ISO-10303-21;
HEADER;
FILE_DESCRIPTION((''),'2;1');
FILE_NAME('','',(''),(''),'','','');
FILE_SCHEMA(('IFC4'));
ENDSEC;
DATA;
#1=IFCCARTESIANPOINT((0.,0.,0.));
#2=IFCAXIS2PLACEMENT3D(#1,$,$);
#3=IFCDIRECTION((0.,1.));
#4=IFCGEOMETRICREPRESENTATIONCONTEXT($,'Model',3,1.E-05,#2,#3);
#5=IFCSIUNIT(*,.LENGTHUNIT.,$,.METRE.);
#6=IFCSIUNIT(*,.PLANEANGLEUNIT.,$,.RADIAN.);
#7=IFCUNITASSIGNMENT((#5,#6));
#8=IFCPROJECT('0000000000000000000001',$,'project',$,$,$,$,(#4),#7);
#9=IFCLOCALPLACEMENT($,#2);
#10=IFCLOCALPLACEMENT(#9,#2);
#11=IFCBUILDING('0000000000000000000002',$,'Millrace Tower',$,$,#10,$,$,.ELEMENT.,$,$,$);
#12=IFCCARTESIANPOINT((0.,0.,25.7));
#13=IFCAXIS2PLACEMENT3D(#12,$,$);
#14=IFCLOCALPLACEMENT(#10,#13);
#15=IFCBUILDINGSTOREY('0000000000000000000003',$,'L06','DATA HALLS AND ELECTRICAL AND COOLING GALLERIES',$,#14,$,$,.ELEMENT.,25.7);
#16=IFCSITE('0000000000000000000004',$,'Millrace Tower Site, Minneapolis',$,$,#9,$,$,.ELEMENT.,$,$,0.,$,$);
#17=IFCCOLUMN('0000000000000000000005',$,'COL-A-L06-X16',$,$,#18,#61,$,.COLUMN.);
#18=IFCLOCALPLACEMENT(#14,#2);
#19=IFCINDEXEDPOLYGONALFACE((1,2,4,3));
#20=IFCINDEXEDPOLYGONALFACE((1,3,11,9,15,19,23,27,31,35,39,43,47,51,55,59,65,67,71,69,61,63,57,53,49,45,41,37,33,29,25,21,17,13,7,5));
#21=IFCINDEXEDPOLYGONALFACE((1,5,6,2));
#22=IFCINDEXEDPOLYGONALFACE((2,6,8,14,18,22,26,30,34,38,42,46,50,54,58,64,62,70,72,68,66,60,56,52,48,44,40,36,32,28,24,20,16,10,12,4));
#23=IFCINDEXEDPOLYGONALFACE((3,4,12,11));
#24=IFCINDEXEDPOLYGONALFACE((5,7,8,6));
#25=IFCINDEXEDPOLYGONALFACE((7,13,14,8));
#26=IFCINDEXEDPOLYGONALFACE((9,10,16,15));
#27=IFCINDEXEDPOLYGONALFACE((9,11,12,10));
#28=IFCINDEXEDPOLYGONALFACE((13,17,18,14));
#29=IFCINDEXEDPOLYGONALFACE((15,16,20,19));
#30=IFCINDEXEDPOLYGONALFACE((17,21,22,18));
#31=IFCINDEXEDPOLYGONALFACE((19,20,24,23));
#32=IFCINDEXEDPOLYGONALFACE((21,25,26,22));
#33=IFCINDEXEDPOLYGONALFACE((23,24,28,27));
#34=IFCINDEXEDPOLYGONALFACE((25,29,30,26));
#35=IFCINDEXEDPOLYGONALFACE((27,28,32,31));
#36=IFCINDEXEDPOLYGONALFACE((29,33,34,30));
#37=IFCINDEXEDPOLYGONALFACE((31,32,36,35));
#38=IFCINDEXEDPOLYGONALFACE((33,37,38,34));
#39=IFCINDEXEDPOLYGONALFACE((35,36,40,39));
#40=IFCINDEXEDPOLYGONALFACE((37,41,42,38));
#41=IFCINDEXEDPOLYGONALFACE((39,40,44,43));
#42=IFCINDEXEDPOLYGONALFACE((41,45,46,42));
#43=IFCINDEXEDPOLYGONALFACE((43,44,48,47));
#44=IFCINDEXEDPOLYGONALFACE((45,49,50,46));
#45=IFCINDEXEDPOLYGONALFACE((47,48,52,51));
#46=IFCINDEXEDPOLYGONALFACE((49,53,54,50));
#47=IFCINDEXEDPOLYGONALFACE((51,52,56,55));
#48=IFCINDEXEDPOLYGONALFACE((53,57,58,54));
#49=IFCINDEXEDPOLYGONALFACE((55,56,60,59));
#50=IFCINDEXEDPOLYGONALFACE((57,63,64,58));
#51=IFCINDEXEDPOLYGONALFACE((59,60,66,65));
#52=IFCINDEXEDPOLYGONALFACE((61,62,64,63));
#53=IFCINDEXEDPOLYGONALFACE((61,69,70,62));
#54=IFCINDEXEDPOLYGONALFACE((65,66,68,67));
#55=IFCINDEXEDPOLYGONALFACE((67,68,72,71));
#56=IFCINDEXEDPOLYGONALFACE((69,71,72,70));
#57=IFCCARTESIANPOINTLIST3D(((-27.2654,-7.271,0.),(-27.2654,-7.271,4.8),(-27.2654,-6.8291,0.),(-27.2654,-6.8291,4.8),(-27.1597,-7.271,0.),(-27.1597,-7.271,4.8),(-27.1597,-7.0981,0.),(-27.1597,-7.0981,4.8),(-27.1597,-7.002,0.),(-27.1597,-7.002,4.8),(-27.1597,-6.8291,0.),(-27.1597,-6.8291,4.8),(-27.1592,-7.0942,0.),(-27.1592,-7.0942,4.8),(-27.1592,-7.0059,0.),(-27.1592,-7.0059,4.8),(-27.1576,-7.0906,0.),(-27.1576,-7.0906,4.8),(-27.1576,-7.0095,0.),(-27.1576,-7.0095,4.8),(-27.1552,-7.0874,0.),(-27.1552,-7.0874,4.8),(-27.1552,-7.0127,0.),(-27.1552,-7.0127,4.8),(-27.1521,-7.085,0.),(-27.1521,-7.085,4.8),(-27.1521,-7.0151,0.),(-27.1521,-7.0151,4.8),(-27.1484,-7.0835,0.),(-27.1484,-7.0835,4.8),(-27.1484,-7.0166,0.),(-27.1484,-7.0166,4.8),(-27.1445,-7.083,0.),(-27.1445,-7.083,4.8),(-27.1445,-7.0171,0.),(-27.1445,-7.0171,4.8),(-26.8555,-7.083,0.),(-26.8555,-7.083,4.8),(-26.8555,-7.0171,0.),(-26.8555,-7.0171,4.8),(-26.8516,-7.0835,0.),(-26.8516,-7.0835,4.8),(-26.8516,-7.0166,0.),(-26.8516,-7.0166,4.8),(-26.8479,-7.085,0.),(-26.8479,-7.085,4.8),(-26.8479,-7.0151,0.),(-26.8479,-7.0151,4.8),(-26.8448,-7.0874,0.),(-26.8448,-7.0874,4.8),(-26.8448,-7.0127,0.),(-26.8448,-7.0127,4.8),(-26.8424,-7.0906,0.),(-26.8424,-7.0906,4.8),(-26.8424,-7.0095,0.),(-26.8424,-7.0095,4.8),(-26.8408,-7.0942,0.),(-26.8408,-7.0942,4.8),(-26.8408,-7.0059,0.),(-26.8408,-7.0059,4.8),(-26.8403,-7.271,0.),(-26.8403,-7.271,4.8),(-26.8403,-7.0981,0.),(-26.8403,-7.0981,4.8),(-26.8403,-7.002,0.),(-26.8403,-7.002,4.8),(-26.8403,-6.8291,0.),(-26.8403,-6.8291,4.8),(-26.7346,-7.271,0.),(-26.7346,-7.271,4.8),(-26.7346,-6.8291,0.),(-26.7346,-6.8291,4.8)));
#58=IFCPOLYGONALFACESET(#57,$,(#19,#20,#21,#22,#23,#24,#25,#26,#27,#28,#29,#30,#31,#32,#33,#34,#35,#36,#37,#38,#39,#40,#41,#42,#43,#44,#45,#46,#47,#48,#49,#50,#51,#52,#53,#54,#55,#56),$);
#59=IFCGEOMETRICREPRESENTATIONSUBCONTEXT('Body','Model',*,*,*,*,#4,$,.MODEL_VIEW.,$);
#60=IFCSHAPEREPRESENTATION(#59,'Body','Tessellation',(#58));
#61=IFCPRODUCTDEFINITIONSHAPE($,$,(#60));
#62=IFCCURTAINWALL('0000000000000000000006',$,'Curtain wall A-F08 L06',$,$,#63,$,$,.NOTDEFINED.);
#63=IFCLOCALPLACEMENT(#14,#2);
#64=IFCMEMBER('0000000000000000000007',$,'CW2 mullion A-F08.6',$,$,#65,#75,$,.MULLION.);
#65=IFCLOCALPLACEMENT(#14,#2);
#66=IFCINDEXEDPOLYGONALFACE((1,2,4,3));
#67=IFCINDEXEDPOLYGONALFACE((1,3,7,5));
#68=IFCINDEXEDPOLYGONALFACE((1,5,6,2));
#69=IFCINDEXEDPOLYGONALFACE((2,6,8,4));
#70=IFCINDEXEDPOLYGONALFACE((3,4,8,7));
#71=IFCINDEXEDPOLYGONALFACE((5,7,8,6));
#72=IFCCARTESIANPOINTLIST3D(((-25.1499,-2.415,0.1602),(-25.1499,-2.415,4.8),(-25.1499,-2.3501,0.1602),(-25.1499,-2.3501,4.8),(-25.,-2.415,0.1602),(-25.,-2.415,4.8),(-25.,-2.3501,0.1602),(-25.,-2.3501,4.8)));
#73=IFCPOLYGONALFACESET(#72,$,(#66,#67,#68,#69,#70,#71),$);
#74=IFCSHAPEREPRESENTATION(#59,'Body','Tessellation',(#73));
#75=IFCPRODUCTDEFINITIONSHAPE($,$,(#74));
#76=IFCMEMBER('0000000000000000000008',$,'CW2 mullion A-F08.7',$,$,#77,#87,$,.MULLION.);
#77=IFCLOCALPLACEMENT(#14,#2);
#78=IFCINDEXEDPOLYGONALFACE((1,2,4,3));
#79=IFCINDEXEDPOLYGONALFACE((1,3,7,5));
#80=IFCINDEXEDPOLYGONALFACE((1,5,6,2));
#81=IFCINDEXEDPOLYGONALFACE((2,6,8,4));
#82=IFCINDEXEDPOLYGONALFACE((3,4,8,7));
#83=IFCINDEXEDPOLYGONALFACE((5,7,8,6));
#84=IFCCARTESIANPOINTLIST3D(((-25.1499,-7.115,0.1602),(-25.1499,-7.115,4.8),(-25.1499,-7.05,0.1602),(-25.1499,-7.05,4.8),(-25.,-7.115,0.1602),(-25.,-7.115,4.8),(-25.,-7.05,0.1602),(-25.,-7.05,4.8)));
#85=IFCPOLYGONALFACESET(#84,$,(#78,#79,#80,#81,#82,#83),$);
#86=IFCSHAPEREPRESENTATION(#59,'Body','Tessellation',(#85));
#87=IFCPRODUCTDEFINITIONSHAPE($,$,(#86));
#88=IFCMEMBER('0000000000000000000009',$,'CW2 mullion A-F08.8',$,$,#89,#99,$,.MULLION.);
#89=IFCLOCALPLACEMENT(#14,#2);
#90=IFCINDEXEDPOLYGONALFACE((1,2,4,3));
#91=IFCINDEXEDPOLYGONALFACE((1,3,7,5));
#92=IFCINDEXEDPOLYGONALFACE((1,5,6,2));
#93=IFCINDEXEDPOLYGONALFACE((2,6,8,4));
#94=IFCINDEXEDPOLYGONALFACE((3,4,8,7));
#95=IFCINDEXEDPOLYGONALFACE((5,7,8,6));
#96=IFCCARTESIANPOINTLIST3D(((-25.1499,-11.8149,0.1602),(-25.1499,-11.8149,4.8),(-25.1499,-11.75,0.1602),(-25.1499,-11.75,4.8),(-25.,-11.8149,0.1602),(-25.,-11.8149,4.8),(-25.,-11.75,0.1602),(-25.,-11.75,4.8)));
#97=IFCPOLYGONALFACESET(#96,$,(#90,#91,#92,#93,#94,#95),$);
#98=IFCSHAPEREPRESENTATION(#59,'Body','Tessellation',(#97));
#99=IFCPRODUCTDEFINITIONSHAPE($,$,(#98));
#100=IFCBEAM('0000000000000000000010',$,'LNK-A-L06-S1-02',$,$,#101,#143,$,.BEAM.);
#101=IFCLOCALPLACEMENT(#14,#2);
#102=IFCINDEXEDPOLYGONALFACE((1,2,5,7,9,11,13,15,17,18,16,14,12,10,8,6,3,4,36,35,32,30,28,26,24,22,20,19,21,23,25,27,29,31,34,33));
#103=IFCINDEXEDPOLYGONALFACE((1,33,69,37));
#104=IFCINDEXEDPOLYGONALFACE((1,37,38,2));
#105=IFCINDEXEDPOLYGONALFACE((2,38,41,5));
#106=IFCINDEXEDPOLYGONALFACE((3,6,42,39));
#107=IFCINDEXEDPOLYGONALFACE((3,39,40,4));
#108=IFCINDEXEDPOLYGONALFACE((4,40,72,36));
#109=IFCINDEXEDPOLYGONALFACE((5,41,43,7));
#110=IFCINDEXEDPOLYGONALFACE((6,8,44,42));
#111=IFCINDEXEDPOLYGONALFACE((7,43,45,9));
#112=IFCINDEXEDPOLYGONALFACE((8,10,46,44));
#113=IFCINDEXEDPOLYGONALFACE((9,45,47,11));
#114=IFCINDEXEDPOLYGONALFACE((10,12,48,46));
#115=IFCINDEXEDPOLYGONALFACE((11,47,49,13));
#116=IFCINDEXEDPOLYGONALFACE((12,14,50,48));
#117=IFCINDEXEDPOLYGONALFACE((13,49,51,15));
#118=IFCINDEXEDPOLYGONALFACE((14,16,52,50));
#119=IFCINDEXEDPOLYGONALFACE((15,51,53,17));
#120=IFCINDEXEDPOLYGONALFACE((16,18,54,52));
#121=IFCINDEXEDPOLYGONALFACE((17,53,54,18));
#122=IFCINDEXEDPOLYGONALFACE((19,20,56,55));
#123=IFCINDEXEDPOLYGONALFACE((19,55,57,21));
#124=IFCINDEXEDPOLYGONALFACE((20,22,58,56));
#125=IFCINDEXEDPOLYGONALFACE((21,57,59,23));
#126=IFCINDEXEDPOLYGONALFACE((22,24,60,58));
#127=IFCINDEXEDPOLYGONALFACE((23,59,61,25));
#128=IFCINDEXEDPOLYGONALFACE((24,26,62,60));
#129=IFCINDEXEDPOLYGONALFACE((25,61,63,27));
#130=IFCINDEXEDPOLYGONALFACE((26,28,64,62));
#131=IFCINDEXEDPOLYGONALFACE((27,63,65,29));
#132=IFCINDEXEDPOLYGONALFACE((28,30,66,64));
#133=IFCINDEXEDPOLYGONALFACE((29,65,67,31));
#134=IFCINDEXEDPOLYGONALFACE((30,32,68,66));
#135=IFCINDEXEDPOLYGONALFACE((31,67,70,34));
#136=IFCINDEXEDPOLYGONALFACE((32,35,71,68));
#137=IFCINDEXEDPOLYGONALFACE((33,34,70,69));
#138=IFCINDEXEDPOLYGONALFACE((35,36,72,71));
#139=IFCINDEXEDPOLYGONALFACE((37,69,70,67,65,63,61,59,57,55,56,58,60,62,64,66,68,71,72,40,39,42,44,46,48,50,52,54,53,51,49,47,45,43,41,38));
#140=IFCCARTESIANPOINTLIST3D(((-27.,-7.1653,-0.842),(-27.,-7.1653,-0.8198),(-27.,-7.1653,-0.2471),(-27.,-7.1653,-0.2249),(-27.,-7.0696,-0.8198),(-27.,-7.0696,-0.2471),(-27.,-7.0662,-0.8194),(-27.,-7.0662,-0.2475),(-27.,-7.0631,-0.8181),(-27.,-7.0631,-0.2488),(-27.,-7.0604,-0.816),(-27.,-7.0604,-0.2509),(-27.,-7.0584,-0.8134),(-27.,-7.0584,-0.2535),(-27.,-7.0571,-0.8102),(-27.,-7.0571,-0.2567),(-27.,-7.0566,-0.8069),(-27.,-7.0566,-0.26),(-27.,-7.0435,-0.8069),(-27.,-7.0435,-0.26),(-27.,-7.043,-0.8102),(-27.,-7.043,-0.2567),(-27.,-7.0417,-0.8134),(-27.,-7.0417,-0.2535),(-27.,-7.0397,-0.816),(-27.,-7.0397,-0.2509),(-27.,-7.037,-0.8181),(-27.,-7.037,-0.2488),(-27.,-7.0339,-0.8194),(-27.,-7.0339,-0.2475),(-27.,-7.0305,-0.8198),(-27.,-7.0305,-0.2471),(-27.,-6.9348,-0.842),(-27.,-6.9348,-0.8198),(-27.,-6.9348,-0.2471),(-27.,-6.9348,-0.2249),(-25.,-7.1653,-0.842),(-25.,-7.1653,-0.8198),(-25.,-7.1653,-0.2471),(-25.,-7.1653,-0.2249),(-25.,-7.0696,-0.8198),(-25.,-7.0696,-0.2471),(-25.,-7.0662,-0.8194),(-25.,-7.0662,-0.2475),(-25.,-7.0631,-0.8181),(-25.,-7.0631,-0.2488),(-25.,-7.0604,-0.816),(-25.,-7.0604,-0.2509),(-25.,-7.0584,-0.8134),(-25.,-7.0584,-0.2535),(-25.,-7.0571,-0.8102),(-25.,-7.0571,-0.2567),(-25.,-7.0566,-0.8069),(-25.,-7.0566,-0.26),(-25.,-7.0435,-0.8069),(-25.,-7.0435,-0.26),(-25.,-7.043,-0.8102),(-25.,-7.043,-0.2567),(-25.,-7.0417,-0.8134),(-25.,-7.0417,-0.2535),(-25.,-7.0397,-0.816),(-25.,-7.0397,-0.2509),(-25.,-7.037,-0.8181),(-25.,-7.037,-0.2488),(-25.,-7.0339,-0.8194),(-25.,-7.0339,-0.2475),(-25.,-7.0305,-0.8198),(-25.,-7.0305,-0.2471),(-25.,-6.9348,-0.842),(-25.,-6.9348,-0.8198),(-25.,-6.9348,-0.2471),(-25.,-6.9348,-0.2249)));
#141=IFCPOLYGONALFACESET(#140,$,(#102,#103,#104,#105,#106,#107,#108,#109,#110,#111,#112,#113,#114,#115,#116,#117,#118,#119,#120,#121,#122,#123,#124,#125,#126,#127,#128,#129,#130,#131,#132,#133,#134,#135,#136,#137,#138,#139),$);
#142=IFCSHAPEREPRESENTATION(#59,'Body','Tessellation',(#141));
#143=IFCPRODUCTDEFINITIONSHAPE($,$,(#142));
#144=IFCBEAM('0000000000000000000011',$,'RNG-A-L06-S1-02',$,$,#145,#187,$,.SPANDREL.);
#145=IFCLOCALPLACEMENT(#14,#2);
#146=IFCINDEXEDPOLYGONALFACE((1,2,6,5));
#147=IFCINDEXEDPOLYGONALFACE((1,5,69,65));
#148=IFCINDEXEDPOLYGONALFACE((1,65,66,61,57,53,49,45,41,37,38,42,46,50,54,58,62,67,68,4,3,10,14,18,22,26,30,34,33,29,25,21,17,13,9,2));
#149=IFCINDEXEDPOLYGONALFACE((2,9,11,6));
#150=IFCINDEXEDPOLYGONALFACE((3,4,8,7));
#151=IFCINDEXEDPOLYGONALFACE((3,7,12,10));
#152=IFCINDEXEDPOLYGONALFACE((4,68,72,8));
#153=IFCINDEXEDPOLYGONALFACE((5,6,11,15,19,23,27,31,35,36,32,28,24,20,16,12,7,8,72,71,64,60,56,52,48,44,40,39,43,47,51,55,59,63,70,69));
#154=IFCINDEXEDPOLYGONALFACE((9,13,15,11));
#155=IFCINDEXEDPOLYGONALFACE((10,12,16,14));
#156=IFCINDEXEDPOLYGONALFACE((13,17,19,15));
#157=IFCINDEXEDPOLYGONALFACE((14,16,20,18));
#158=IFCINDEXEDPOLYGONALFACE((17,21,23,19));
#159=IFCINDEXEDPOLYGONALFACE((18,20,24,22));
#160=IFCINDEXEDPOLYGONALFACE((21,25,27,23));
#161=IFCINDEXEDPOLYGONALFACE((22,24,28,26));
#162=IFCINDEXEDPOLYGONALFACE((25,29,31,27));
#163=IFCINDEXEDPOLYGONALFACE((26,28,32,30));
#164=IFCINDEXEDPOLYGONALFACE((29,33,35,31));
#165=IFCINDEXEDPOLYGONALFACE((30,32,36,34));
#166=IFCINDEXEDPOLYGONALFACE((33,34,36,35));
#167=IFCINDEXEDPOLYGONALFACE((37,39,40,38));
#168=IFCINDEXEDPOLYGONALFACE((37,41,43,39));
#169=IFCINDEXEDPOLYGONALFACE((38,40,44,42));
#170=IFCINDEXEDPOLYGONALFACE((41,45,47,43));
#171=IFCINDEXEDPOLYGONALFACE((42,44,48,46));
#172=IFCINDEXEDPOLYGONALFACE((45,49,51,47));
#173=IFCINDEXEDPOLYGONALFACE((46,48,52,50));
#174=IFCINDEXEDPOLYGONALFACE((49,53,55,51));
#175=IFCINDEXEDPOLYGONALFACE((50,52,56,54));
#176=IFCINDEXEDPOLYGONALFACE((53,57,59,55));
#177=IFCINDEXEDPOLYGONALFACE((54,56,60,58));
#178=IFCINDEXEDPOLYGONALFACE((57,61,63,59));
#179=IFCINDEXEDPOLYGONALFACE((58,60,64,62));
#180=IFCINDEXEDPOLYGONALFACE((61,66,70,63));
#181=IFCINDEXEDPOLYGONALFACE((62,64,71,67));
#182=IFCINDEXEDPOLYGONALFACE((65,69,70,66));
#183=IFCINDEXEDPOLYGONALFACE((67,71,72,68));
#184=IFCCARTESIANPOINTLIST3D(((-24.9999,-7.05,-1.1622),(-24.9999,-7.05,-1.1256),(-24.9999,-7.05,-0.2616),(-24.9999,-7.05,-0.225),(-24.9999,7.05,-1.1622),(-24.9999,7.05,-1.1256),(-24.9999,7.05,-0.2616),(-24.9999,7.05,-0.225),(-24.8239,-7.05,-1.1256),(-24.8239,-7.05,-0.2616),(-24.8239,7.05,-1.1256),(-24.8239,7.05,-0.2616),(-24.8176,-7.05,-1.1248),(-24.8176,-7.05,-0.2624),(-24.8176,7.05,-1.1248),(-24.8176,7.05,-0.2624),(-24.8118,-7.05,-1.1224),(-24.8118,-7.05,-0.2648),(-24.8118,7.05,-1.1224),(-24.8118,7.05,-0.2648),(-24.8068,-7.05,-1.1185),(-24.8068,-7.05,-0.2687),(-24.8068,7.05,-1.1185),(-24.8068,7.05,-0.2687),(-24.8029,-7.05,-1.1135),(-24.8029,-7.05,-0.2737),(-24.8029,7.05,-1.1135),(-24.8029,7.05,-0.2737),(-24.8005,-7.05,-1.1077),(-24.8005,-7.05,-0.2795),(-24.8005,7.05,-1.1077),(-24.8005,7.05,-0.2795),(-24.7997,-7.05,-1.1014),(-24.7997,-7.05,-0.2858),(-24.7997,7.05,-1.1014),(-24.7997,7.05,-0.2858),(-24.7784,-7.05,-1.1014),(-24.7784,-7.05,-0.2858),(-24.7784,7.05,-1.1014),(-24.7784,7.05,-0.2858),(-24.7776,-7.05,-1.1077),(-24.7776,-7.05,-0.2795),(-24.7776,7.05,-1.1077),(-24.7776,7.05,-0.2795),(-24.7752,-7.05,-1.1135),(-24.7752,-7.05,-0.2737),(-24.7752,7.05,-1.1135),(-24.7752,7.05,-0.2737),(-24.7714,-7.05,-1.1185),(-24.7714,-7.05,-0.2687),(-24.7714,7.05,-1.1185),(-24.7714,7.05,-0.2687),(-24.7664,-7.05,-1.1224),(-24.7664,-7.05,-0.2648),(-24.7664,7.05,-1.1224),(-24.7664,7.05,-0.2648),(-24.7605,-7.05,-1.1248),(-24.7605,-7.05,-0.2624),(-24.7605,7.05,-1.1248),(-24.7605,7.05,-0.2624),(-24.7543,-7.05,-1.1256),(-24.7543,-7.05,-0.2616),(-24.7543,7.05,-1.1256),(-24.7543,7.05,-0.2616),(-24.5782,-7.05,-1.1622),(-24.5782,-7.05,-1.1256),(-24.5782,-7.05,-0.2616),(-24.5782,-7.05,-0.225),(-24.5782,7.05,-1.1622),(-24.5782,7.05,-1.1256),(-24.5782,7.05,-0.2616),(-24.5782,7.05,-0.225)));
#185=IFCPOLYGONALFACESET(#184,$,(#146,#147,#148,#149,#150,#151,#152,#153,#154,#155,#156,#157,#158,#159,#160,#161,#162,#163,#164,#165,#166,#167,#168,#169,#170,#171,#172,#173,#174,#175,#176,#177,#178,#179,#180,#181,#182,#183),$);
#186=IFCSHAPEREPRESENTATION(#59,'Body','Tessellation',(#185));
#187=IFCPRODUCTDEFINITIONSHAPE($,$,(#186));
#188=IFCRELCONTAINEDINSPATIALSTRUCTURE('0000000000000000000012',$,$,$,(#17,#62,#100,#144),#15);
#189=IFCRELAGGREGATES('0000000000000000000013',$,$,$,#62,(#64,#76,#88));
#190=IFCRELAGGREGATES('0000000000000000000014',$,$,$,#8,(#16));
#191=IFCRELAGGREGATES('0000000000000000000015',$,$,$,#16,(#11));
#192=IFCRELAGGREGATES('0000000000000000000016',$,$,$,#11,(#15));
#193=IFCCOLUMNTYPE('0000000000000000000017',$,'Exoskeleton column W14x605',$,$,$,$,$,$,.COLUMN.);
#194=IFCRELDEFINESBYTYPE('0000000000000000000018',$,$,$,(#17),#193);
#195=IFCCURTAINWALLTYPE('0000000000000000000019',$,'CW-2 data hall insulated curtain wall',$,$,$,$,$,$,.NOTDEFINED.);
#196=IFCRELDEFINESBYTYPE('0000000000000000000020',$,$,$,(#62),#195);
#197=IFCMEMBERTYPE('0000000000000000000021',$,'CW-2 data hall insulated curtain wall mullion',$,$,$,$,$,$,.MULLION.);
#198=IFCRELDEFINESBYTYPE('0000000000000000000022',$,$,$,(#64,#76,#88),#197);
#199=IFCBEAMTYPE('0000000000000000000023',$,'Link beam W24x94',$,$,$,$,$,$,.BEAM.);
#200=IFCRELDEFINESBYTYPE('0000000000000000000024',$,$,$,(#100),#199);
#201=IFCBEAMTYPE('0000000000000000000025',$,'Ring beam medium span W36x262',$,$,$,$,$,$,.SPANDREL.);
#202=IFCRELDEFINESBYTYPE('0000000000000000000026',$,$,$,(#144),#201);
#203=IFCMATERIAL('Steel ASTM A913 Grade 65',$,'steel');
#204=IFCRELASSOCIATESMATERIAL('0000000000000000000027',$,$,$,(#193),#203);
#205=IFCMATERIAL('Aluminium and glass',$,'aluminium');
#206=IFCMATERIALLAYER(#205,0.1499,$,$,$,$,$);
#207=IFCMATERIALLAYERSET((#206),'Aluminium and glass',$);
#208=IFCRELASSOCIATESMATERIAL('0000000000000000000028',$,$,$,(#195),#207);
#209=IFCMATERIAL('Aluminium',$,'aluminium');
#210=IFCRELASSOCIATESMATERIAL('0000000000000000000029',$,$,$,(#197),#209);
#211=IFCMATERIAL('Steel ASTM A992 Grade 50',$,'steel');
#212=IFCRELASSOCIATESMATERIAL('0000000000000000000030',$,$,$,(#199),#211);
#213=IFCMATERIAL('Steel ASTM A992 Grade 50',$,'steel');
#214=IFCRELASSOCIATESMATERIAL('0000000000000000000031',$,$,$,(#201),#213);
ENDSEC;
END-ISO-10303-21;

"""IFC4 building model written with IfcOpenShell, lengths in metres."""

from ifc_helpers import new_model, si_unit, direction, frame, origin, origin_2d, place, context, subcontext, project, spatial, rectangle, i_section, extrude, material, layer, layer_set, material_profile, profile_set, type_object, element, aggregate, save


model = new_model("IFC4")

# Units and contexts
model_context = context("Model", 3, precision=1e-05, world=origin(), true_north=direction((0.0, 1.0)))
body_context = subcontext(model_context, "Body", "Model", "MODEL_VIEW")
ifc_project = project(units=[si_unit("LENGTHUNIT", "METRE"), si_unit("PLANEANGLEUNIT", "RADIAN")], contexts=[model_context])

# Site, building, storey
site_placement = place(None, origin())
site = spatial("IfcSite", under=ifc_project, at=site_placement, Name="Millrace Tower Site, Minneapolis", CompositionType="ELEMENT", RefElevation=0.0)
building_placement = place(site_placement, origin())
building = spatial("IfcBuilding", under=site, at=building_placement, Name="Millrace Tower", CompositionType="ELEMENT")
storey_placement = place(building_placement, frame((0.0, 0.0, 25.7)))
storey = spatial("IfcBuildingStorey", under=building, at=storey_placement, Name="L06", Description="DATA HALLS AND ELECTRICAL AND COOLING GALLERIES", CompositionType="ELEMENT", Elevation=25.7)

# Column
ifc_material_1 = material(Name="Steel ASTM A913 Grade 65", Category="steel")
ifc_material_profile_1 = material_profile(ifc_material_1, i_section(OverallWidth=0.4419, OverallDepth=0.5308, WebThickness=0.0659, FlangeThickness=0.1057, FilletRadius=0.0151, at=origin_2d()))
ifc_profile_set_1 = profile_set([ifc_material_profile_1], Name="Steel ASTM A913 Grade 65")
column_type = type_object("IfcColumnType", Name="Exoskeleton column W14x605", PredefinedType="COLUMN", material=ifc_profile_set_1)
column_placement = place(storey_placement, frame((-27.0, -7.05, 0.0), z_axis=(0.0, 0.0, 1.0), x_axis=(0.0, -1.0, 0.0)))
element("IfcColumn", 1, at=column_placement, inside=storey, type_object=column_type, Name="COL-A-L06-X16", PredefinedType="COLUMN", context=body_context, shape_type="SweptSolid", body=[
    extrude(i_section(OverallWidth=0.4419, OverallDepth=0.5308, WebThickness=0.0659, FlangeThickness=0.1057, FilletRadius=0.0151, at=origin_2d()), origin(), (0.0, 0.0, 1.0), 4.8),
])

# Curtain wall, members
ifc_material_2 = material(Name="Aluminium and glass", Category="aluminium")
ifc_layer_1 = layer(ifc_material_2, 0.1499)
ifc_layer_set_1 = layer_set([ifc_layer_1], Name="Aluminium and glass")
curtain_wall_type = type_object("IfcCurtainWallType", Name="CW-2 data hall insulated curtain wall", PredefinedType="NOTDEFINED", material=ifc_layer_set_1)
curtain_wall_placement = place(storey_placement, origin())
curtain_wall = element("IfcCurtainWall", 2, at=curtain_wall_placement, inside=storey, type_object=curtain_wall_type, Name="Curtain wall A-F08 L06", PredefinedType="NOTDEFINED")
ifc_material_3 = material(Name="Aluminium", Category="aluminium")
ifc_material_profile_2 = material_profile(ifc_material_3, rectangle(XDim=0.0649, YDim=0.1499, at=origin_2d()))
ifc_profile_set_2 = profile_set([ifc_material_profile_2], Name="Aluminium")
member_type = type_object("IfcMemberType", Name="CW-2 data hall insulated curtain wall mullion", PredefinedType="MULLION", material=ifc_profile_set_2)
member_1_placement = place(storey_placement, frame((-25.075, -2.3826, 0.1602), z_axis=(0.0, 0.0, 1.0), x_axis=(0.0, -1.0, 0.0)))
member_1 = element("IfcMember", 3, at=member_1_placement, type_object=member_type, Name="CW2 mullion A-F08.6", PredefinedType="MULLION", context=body_context, shape_type="SweptSolid", body=[
    extrude(rectangle(XDim=0.0649, YDim=0.1499, at=origin_2d()), origin(), (0.0, 0.0, 1.0), 4.6399),
])
member_2_placement = place(storey_placement, frame((-25.075, -7.0825, 0.1602), z_axis=(0.0, 0.0, 1.0), x_axis=(0.0, -1.0, 0.0)))
member_2 = element("IfcMember", 4, at=member_2_placement, type_object=member_type, Name="CW2 mullion A-F08.7", PredefinedType="MULLION", context=body_context, shape_type="SweptSolid", body=[
    extrude(rectangle(XDim=0.0649, YDim=0.1499, at=origin_2d()), origin(), (0.0, 0.0, 1.0), 4.6399),
])
member_3_placement = place(storey_placement, frame((-25.075, -11.7825, 0.1602), z_axis=(0.0, 0.0, 1.0), x_axis=(0.0, -1.0, 0.0)))
member_3 = element("IfcMember", 5, at=member_3_placement, type_object=member_type, Name="CW2 mullion A-F08.8", PredefinedType="MULLION", context=body_context, shape_type="SweptSolid", body=[
    extrude(rectangle(XDim=0.0649, YDim=0.1499, at=origin_2d()), origin(), (0.0, 0.0, 1.0), 4.6399),
])
aggregate(curtain_wall, [member_1, member_2, member_3])

# Beams
ifc_material_4 = material(Name="Steel ASTM A992 Grade 50", Category="steel")
ifc_material_profile_3 = material_profile(ifc_material_4, i_section(OverallWidth=0.2305, OverallDepth=0.6172, WebThickness=0.0132, FlangeThickness=0.0222, FilletRadius=0.0129, at=origin_2d()))
ifc_profile_set_3 = profile_set([ifc_material_profile_3], Name="Steel ASTM A992 Grade 50")
beam_type_1 = type_object("IfcBeamType", Name="Link beam W24x94", PredefinedType="BEAM", material=ifc_profile_set_3)
beam_1_placement = place(storey_placement, frame((-25.0, -7.05, -0.5334), z_axis=(-1.0, 0.0, 0.0), x_axis=(0.0, -1.0, 0.0)))
element("IfcBeam", 6, at=beam_1_placement, inside=storey, type_object=beam_type_1, Name="LNK-A-L06-S1-02", PredefinedType="BEAM", context=body_context, shape_type="SweptSolid", body=[
    extrude(i_section(OverallWidth=0.2305, OverallDepth=0.6172, WebThickness=0.0132, FlangeThickness=0.0222, FilletRadius=0.0129, at=origin_2d()), origin(), (0.0, 0.0, 1.0), 2.0),
])
ifc_material_5 = material(Name="Steel ASTM A992 Grade 50", Category="steel")
ifc_material_profile_4 = material_profile(ifc_material_5, i_section(OverallWidth=0.4216, OverallDepth=0.9373, WebThickness=0.0212, FlangeThickness=0.0366, FilletRadius=0.0242, at=origin_2d()))
ifc_profile_set_4 = profile_set([ifc_material_profile_4], Name="Steel ASTM A992 Grade 50")
beam_type_2 = type_object("IfcBeamType", Name="Ring beam medium span W36x262", PredefinedType="SPANDREL", material=ifc_profile_set_4)
beam_2_placement = place(storey_placement, frame((-24.7891, -7.05, -0.6936), z_axis=(0.0, 1.0, 0.0), x_axis=(-1.0, 0.0, 0.0)))
element("IfcBeam", 7, at=beam_2_placement, inside=storey, type_object=beam_type_2, Name="RNG-A-L06-S1-02", PredefinedType="SPANDREL", context=body_context, shape_type="SweptSolid", body=[
    extrude(i_section(OverallWidth=0.4216, OverallDepth=0.9373, WebThickness=0.0212, FlangeThickness=0.0366, FilletRadius=0.0242, at=origin_2d()), origin(), (0.0, 0.0, 1.0), 14.1001),
])

save(model, "model.ifc")
